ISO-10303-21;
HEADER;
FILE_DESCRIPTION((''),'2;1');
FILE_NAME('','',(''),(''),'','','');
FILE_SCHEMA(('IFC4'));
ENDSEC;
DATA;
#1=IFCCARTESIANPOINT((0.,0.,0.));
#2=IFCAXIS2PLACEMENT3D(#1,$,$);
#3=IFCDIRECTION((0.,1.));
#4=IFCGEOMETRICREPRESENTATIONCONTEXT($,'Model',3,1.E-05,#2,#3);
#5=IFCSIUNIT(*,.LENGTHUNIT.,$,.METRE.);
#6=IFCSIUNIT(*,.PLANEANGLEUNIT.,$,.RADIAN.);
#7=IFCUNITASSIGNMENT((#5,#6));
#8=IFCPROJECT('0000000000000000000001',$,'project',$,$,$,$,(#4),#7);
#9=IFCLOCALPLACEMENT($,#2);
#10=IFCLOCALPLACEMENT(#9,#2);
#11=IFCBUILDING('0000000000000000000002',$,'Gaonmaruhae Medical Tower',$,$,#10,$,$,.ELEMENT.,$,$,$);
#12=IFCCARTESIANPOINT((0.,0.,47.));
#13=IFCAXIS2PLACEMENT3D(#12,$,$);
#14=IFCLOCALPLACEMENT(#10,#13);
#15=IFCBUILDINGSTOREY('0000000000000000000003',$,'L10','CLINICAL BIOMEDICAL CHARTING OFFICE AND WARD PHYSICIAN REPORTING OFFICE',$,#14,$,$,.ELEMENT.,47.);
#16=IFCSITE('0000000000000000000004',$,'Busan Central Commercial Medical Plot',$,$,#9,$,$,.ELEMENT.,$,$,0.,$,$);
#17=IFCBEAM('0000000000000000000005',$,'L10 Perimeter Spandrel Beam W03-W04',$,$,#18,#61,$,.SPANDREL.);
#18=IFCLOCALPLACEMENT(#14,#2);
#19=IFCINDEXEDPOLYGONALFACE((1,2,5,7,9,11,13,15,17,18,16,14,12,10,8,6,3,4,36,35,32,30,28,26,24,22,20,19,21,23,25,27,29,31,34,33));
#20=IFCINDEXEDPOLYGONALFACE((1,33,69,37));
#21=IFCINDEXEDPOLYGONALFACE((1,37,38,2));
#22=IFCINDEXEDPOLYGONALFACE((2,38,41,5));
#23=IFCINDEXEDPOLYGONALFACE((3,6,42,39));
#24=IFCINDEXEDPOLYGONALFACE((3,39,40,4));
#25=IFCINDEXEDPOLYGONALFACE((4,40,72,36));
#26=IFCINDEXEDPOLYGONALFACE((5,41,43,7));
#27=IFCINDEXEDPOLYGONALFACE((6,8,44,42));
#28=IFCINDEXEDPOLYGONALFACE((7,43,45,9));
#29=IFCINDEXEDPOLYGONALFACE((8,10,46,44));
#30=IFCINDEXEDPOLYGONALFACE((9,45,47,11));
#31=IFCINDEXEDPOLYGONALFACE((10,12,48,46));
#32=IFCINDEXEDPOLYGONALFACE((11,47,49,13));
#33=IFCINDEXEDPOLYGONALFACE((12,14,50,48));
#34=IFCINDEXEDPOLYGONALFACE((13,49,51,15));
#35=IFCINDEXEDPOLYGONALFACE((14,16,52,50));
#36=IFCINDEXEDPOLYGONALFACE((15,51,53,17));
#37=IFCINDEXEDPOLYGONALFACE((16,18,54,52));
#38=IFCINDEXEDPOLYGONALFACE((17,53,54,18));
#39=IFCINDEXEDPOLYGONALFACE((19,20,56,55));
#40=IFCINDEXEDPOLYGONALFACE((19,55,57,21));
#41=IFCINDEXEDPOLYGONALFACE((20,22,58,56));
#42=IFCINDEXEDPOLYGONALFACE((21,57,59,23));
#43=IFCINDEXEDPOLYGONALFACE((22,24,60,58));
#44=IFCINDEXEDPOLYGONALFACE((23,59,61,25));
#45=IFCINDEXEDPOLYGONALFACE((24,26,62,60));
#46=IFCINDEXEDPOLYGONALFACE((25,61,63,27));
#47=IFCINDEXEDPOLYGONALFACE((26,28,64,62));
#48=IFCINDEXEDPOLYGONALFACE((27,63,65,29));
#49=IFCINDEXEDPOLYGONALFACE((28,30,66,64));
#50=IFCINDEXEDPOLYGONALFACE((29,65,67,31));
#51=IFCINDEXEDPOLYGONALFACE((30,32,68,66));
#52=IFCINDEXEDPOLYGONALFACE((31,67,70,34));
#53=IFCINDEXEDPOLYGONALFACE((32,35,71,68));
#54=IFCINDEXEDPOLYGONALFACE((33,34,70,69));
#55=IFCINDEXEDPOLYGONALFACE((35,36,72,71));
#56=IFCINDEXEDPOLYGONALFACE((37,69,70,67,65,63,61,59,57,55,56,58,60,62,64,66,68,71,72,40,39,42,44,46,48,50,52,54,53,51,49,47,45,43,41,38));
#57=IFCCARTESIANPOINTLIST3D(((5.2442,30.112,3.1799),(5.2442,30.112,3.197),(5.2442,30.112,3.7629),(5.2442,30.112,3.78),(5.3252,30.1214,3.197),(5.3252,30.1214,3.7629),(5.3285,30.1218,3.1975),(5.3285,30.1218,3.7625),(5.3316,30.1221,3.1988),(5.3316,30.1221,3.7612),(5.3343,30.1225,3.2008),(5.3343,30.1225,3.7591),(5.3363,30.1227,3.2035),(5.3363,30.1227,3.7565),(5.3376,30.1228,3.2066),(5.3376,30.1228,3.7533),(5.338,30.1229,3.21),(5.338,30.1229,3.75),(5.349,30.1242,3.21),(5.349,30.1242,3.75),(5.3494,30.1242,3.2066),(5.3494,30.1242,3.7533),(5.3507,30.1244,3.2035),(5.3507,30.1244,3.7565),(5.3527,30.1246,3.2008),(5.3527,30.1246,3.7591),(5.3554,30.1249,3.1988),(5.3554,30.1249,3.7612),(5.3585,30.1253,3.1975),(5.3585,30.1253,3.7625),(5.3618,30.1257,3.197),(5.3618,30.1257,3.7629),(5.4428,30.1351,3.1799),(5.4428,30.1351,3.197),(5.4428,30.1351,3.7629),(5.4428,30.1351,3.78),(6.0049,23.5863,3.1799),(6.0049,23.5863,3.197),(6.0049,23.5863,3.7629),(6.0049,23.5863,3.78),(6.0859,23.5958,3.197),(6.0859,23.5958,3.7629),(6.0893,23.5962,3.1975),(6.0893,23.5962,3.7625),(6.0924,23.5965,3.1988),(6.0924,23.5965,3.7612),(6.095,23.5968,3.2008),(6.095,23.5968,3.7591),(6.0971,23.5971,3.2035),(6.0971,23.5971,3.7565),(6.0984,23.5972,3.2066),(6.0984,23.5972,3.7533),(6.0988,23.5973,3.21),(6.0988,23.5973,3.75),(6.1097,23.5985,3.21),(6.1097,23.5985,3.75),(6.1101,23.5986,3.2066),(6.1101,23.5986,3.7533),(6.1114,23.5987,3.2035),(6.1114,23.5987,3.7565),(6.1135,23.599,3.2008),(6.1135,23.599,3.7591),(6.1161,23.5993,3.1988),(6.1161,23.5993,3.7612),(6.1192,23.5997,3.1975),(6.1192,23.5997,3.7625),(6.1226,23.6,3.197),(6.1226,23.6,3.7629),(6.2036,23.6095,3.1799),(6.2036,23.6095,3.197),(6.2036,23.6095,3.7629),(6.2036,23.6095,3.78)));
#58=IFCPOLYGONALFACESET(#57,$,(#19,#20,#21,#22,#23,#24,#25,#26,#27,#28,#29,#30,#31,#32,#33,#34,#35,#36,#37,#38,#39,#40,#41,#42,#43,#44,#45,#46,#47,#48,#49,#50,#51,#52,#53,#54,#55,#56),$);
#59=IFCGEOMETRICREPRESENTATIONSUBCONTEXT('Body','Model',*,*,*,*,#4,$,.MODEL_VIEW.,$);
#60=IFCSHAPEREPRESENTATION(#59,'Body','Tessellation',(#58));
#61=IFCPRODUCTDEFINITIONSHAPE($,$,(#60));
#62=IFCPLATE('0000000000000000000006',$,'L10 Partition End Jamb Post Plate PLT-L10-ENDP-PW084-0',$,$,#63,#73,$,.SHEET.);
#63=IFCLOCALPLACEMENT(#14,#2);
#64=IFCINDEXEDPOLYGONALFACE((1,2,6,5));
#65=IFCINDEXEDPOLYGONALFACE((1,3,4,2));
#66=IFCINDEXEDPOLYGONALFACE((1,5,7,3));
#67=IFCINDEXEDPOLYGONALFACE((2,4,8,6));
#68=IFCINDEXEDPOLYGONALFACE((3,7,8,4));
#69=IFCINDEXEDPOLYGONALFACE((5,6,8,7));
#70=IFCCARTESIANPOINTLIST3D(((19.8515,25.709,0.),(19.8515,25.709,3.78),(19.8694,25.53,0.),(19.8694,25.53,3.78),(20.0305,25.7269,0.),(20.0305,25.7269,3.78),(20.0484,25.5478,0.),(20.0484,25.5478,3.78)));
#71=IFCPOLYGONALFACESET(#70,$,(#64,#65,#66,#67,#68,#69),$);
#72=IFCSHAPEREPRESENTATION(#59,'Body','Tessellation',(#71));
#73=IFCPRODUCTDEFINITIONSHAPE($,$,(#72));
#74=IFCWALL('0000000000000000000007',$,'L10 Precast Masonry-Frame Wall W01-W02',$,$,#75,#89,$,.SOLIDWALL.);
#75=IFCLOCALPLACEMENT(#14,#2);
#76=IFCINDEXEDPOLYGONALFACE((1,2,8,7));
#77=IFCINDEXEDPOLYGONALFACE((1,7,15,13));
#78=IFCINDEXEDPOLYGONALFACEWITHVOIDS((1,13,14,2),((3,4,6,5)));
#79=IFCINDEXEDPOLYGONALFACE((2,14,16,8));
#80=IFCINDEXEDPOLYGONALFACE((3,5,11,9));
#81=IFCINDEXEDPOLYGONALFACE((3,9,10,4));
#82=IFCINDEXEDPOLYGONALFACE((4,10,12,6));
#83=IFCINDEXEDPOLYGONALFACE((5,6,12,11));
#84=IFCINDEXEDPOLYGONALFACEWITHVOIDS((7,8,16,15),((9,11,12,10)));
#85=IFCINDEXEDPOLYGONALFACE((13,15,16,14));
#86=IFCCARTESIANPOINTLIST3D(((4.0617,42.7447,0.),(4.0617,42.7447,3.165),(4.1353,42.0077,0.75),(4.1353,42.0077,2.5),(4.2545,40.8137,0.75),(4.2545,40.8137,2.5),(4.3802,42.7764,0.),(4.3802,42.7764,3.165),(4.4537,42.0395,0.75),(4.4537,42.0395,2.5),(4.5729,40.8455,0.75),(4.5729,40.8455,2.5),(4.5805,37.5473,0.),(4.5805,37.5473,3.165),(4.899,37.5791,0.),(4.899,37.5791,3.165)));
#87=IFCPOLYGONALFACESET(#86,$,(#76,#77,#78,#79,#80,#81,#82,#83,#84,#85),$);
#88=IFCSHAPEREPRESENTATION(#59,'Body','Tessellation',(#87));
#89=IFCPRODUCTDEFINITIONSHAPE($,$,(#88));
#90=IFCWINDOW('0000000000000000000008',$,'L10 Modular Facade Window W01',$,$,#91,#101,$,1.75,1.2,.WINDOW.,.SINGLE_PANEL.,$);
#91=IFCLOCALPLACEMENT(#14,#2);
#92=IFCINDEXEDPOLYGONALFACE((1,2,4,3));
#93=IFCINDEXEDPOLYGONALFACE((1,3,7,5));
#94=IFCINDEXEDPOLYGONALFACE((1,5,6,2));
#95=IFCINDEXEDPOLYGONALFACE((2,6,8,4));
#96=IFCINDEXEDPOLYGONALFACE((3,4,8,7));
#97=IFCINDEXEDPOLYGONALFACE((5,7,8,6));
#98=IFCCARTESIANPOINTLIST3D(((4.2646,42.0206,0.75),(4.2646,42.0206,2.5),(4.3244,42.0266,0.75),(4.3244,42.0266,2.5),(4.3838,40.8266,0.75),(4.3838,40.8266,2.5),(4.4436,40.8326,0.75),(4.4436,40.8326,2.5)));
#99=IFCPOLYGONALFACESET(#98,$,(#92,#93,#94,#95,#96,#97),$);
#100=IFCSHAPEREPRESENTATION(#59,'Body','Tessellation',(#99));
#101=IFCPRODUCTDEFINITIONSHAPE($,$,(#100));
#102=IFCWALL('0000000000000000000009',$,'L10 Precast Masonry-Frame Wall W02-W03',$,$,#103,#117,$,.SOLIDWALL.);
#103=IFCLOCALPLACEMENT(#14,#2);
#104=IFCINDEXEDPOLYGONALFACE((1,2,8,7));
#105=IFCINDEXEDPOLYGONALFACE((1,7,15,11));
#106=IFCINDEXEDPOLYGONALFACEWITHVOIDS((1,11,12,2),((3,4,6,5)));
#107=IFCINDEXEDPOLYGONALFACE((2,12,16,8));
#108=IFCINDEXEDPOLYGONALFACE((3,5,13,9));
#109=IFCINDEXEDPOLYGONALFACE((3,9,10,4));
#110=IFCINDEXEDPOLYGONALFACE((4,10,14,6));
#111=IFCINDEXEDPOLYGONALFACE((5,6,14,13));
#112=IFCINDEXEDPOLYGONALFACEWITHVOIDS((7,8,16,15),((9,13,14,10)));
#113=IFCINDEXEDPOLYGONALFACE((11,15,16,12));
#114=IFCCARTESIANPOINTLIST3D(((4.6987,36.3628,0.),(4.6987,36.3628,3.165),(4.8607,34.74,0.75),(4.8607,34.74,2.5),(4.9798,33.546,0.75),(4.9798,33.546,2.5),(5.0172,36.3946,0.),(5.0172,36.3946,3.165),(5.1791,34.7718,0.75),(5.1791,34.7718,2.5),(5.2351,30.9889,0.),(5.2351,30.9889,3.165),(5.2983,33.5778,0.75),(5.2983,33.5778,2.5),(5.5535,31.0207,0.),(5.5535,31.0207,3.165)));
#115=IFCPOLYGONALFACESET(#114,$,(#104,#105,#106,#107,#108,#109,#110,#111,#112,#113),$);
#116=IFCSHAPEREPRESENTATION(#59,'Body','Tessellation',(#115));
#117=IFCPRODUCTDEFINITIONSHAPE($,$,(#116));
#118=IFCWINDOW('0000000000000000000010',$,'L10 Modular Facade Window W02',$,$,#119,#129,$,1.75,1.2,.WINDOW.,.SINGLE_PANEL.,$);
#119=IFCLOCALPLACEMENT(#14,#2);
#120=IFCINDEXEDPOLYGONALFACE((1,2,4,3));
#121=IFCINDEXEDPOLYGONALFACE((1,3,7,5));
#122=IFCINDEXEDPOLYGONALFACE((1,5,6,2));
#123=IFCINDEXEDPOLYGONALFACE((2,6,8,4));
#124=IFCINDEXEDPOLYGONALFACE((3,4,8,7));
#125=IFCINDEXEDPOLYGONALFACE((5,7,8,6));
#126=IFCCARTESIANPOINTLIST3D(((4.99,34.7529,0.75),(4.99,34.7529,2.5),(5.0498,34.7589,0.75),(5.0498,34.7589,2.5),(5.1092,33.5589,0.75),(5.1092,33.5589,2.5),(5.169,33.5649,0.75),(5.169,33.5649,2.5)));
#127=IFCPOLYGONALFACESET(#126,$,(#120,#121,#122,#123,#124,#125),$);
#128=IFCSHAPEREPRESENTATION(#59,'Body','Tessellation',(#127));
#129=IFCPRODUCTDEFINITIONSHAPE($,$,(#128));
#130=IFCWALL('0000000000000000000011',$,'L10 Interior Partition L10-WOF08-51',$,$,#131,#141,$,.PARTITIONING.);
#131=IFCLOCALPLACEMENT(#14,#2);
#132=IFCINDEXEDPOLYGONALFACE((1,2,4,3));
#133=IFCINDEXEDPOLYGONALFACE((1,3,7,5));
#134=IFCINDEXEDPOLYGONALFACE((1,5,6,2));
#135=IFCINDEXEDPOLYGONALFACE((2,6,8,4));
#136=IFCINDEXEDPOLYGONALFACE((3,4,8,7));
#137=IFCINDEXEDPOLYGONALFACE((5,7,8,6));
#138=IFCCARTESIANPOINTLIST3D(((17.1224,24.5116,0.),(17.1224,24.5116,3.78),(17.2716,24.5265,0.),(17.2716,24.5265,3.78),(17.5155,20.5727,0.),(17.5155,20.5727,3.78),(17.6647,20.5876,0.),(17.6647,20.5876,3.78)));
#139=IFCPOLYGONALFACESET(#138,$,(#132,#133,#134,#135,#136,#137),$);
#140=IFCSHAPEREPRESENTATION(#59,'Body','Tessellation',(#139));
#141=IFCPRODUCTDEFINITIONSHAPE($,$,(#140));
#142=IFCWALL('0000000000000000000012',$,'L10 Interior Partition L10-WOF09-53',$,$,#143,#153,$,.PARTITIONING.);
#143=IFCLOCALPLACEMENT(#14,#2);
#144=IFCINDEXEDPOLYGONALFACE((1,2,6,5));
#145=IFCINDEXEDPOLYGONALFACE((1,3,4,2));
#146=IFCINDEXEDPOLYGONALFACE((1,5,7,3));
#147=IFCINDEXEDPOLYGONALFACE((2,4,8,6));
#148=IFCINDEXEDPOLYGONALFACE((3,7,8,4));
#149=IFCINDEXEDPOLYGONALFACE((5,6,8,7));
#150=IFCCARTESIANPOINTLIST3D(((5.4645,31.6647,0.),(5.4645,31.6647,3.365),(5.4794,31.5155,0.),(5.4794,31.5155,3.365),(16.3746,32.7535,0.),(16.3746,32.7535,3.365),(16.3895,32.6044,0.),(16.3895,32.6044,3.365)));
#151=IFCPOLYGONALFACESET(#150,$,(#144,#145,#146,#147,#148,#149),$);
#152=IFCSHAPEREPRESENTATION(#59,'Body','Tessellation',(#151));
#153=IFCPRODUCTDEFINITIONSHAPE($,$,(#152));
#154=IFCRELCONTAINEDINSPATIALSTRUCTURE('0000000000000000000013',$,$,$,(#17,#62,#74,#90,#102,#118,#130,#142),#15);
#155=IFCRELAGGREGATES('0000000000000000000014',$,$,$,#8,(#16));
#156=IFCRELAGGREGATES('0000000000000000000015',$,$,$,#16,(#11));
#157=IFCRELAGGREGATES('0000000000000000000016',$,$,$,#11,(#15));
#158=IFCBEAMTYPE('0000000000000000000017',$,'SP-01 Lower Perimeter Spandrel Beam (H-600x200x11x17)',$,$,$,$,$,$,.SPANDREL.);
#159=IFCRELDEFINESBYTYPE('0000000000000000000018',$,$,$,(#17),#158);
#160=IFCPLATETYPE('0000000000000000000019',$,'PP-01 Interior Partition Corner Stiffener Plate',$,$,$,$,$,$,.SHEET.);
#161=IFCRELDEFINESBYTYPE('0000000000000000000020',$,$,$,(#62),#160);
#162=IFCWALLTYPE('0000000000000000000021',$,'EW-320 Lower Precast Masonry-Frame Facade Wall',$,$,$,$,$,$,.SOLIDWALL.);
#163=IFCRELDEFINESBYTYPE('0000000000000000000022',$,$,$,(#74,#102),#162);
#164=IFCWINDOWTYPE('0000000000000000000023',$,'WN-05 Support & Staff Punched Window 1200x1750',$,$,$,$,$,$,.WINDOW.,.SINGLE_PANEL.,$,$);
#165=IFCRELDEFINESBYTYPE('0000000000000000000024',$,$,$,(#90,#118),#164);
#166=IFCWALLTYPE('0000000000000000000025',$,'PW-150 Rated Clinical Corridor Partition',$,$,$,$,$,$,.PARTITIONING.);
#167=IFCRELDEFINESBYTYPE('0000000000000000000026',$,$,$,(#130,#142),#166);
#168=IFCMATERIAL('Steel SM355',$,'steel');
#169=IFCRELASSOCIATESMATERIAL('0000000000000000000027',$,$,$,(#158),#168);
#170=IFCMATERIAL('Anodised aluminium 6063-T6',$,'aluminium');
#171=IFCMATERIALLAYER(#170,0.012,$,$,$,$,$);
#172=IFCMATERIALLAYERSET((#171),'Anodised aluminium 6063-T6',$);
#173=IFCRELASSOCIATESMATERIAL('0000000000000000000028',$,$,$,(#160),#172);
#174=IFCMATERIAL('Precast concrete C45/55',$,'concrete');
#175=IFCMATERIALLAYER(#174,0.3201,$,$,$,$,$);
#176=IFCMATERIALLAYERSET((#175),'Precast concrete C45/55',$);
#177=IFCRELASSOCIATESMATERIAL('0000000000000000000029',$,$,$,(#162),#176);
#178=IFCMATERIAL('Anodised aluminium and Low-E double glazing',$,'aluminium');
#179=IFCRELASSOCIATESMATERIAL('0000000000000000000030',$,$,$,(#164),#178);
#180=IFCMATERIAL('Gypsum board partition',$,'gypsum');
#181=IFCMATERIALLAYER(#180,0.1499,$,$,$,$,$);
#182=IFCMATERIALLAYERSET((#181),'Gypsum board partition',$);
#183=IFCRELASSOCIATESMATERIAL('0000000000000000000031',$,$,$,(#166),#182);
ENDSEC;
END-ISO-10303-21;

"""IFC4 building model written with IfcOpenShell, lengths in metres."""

from ifc_helpers import new_model, si_unit, direction, frame, frame_2d, origin, origin_2d, place, context, subcontext, project, spatial, rectangle, i_section, extrude, material, layer, layer_set, material_profile, profile_set, type_object, element, fill, save


model = new_model("IFC4")

# Units and contexts
model_context = context("Model", 3, precision=1e-05, world=origin(), true_north=direction((0.0, 1.0)))
body_context = subcontext(model_context, "Body", "Model", "MODEL_VIEW")
ifc_project = project(units=[si_unit("LENGTHUNIT", "METRE"), si_unit("PLANEANGLEUNIT", "RADIAN")], contexts=[model_context])

# Site, building, storey
site_placement = place(None, origin())
site = spatial("IfcSite", under=ifc_project, at=site_placement, Name="Busan Central Commercial Medical Plot", CompositionType="ELEMENT", RefElevation=0.0)
building_placement = place(site_placement, origin())
building = spatial("IfcBuilding", under=site, at=building_placement, Name="Gaonmaruhae Medical Tower", CompositionType="ELEMENT")
storey_placement = place(building_placement, frame((0.0, 0.0, 47.0)))
storey = spatial("IfcBuildingStorey", under=building, at=storey_placement, Name="L10", Description="CLINICAL BIOMEDICAL CHARTING OFFICE AND WARD PHYSICIAN REPORTING OFFICE", CompositionType="ELEMENT", Elevation=47.0)

# Beam
ifc_material_1 = material(Name="Steel SM355", Category="steel")
ifc_material_profile_1 = material_profile(ifc_material_1, i_section(OverallWidth=0.2, OverallDepth=0.6001, WebThickness=0.011, FlangeThickness=0.0171, FilletRadius=0.0129, at=origin_2d()), Name="H-600x200x11x17")
ifc_profile_set_1 = profile_set([ifc_material_profile_1], Name="Steel SM355")
beam_type_1 = type_object("IfcBeamType", Name="SP-01 Lower Perimeter Spandrel Beam (H-600x200x11x17)", PredefinedType="SPANDREL", material=ifc_profile_set_1)
beam_1_placement = place(storey_placement, frame((5.3435, 30.1235, 3.48), z_axis=(0.115793, -0.993273, 0.0), x_axis=(0.993273, 0.115793, 0.0)))
element("IfcBeam", 1, at=beam_1_placement, inside=storey, type_object=beam_type_1, Name="L10 Perimeter Spandrel Beam W03-W04", PredefinedType="SPANDREL", context=body_context, shape_type="SweptSolid", body=[
    extrude(i_section(OverallWidth=0.2, OverallDepth=0.6001, WebThickness=0.011, FlangeThickness=0.0171, FilletRadius=0.0129, at=origin_2d()), origin(), (0.0, 0.0, 1.0), 6.5698),
])

# Plate
ifc_material_2 = material(Name="Anodised aluminium 6063-T6", Category="aluminium")
ifc_layer_1 = layer(ifc_material_2, 0.012)
ifc_layer_set_1 = layer_set([ifc_layer_1], Name="Anodised aluminium 6063-T6")
plate_type = type_object("IfcPlateType", Name="PP-01 Interior Partition Corner Stiffener Plate", PredefinedType="SHEET", material=ifc_layer_set_1)
plate_placement = place(storey_placement, frame((19.95, 25.6284, 0.0), z_axis=(0.0, 0.0, 1.0), x_axis=(-0.099233, 0.995064, 0.0)))
element("IfcPlate", 2, at=plate_placement, inside=storey, type_object=plate_type, Name="L10 Partition End Jamb Post Plate PLT-L10-ENDP-PW084-0", PredefinedType="SHEET", context=body_context, shape_type="SweptSolid", body=[
    extrude(rectangle(XDim=0.1799, YDim=0.1799, at=origin_2d()), origin(), (0.0, 0.0, 1.0), 3.78),
])

# Walls, openings, windows
ifc_material_3 = material(Name="Precast concrete C45/55", Category="concrete")
ifc_layer_2 = layer(ifc_material_3, 0.3201)
ifc_layer_set_2 = layer_set([ifc_layer_2], Name="Precast concrete C45/55")
wall_type_1 = type_object("IfcWallType", Name="EW-320 Lower Precast Masonry-Frame Facade Wall", PredefinedType="SOLIDWALL", material=ifc_layer_set_2)
wall_1_placement = place(storey_placement, frame((4.7397, 37.5632, 0.0), z_axis=(0.0, 0.0, 1.0), x_axis=(-0.099328, 0.995055, 0.0)))
wall_1 = element("IfcWall", 3, at=wall_1_placement, inside=storey, type_object=wall_type_1, Name="L10 Precast Masonry-Frame Wall W01-W02", PredefinedType="SOLIDWALL", context=body_context, shape_type="SweptSolid", body=[
    extrude(rectangle(XDim=5.2231, YDim=0.3201, at=frame_2d((2.6116, 0.0))), origin(), (0.0, 0.0, 1.0), 3.165),
])
opening_1_placement = place(wall_1_placement, frame((3.2825, 0.0, 0.75)))
opening_1 = element("IfcOpeningElement", 4, at=opening_1_placement, cuts=wall_1, PredefinedType="OPENING", context=body_context, shape_type="SweptSolid", body=[
    extrude(rectangle(XDim=1.2, YDim=1.75, at=frame_2d((0.6001, 0.875))), frame((0.0, 0.1699, 0.0), z_axis=(0.0, -1.0, 0.0), x_axis=(1.0, 0.0, 0.0)), (0.0, 0.0, 1.0), 0.3401),
])
ifc_material_4 = material(Name="Anodised aluminium and Low-E double glazing", Category="aluminium")
window_type = type_object("IfcWindowType", Name="WN-05 Support & Staff Punched Window 1200x1750", PartitioningType="SINGLE_PANEL", PredefinedType="WINDOW", material=ifc_material_4)
window_1_placement = place(opening_1_placement, origin())
window_1 = element("IfcWindow", 5, at=window_1_placement, inside=storey, type_object=window_type, Name="L10 Modular Facade Window W01", OverallHeight=1.75, OverallWidth=1.2, PartitioningType="SINGLE_PANEL", PredefinedType="WINDOW", context=body_context, shape_type="SweptSolid", body=[
    extrude(rectangle(XDim=1.2, YDim=1.75, at=frame_2d((0.6001, 0.875))), frame((0.0, 0.03, 0.0), z_axis=(0.0, -1.0, 0.0), x_axis=(1.0, 0.0, 0.0)), (0.0, 0.0, 1.0), 0.0601),
])
fill(opening_1, window_1)
wall_2_placement = place(storey_placement, frame((5.3943, 31.0049, 0.0), z_axis=(0.0, 0.0, 1.0), x_axis=(-0.099316, 0.995056, 0.0)))
wall_2 = element("IfcWall", 6, at=wall_2_placement, inside=storey, type_object=wall_type_1, Name="L10 Precast Masonry-Frame Wall W02-W03", PredefinedType="SOLIDWALL", context=body_context, shape_type="SweptSolid", body=[
    extrude(rectangle(XDim=5.4006, YDim=0.3201, at=frame_2d((2.7002, 0.0))), origin(), (0.0, 0.0, 1.0), 3.165),
])
opening_2_placement = place(wall_2_placement, frame((2.5696, 0.0, 0.75)))
opening_2 = element("IfcOpeningElement", 7, at=opening_2_placement, cuts=wall_2, PredefinedType="OPENING", context=body_context, shape_type="SweptSolid", body=[
    extrude(rectangle(XDim=1.2, YDim=1.75, at=frame_2d((0.6001, 0.875))), frame((0.0, 0.1699, 0.0), z_axis=(0.0, -1.0, 0.0), x_axis=(1.0, 0.0, 0.0)), (0.0, 0.0, 1.0), 0.3401),
])
window_2_placement = place(opening_2_placement, origin())
window_2 = element("IfcWindow", 8, at=window_2_placement, inside=storey, type_object=window_type, Name="L10 Modular Facade Window W02", OverallHeight=1.75, OverallWidth=1.2, PartitioningType="SINGLE_PANEL", PredefinedType="WINDOW", context=body_context, shape_type="SweptSolid", body=[
    extrude(rectangle(XDim=1.2, YDim=1.75, at=frame_2d((0.6001, 0.875))), frame((0.0, 0.03, 0.0), z_axis=(0.0, -1.0, 0.0), x_axis=(1.0, 0.0, 0.0)), (0.0, 0.0, 1.0), 0.0601),
])
fill(opening_2, window_2)

# Walls
ifc_material_5 = material(Name="Gypsum board partition", Category="gypsum")
ifc_layer_3 = layer(ifc_material_5, 0.1499)
ifc_layer_set_3 = layer_set([ifc_layer_3], Name="Gypsum board partition")
wall_type_2 = type_object("IfcWallType", Name="PW-150 Rated Clinical Corridor Partition", PredefinedType="PARTITIONING", material=ifc_layer_set_3)
wall_3_placement = place(storey_placement, frame((17.197, 24.519, 0.0), z_axis=(0.0, 0.0, 1.0), x_axis=(0.099296, -0.995058, 0.0)))
element("IfcWall", 9, at=wall_3_placement, inside=storey, type_object=wall_type_2, Name="L10 Interior Partition L10-WOF08-51", PredefinedType="PARTITIONING", context=body_context, shape_type="SweptSolid", body=[
    extrude(rectangle(XDim=3.9585, YDim=0.1499, at=frame_2d((1.9792, 0.0))), origin(), (0.0, 0.0, 1.0), 3.78),
])
wall_4_placement = place(storey_placement, frame((5.4719, 31.5901, 0.0), z_axis=(0.0, 0.0, 1.0), x_axis=(0.995057, 0.09931, 0.0)))
element("IfcWall", 10, at=wall_4_placement, inside=storey, type_object=wall_type_2, Name="L10 Interior Partition L10-WOF09-53", PredefinedType="PARTITIONING", context=body_context, shape_type="SweptSolid", body=[
    extrude(rectangle(XDim=10.9644, YDim=0.1499, at=frame_2d((5.4822, 0.0))), origin(), (0.0, 0.0, 1.0), 3.365),
])

save(model, "model.ifc")
